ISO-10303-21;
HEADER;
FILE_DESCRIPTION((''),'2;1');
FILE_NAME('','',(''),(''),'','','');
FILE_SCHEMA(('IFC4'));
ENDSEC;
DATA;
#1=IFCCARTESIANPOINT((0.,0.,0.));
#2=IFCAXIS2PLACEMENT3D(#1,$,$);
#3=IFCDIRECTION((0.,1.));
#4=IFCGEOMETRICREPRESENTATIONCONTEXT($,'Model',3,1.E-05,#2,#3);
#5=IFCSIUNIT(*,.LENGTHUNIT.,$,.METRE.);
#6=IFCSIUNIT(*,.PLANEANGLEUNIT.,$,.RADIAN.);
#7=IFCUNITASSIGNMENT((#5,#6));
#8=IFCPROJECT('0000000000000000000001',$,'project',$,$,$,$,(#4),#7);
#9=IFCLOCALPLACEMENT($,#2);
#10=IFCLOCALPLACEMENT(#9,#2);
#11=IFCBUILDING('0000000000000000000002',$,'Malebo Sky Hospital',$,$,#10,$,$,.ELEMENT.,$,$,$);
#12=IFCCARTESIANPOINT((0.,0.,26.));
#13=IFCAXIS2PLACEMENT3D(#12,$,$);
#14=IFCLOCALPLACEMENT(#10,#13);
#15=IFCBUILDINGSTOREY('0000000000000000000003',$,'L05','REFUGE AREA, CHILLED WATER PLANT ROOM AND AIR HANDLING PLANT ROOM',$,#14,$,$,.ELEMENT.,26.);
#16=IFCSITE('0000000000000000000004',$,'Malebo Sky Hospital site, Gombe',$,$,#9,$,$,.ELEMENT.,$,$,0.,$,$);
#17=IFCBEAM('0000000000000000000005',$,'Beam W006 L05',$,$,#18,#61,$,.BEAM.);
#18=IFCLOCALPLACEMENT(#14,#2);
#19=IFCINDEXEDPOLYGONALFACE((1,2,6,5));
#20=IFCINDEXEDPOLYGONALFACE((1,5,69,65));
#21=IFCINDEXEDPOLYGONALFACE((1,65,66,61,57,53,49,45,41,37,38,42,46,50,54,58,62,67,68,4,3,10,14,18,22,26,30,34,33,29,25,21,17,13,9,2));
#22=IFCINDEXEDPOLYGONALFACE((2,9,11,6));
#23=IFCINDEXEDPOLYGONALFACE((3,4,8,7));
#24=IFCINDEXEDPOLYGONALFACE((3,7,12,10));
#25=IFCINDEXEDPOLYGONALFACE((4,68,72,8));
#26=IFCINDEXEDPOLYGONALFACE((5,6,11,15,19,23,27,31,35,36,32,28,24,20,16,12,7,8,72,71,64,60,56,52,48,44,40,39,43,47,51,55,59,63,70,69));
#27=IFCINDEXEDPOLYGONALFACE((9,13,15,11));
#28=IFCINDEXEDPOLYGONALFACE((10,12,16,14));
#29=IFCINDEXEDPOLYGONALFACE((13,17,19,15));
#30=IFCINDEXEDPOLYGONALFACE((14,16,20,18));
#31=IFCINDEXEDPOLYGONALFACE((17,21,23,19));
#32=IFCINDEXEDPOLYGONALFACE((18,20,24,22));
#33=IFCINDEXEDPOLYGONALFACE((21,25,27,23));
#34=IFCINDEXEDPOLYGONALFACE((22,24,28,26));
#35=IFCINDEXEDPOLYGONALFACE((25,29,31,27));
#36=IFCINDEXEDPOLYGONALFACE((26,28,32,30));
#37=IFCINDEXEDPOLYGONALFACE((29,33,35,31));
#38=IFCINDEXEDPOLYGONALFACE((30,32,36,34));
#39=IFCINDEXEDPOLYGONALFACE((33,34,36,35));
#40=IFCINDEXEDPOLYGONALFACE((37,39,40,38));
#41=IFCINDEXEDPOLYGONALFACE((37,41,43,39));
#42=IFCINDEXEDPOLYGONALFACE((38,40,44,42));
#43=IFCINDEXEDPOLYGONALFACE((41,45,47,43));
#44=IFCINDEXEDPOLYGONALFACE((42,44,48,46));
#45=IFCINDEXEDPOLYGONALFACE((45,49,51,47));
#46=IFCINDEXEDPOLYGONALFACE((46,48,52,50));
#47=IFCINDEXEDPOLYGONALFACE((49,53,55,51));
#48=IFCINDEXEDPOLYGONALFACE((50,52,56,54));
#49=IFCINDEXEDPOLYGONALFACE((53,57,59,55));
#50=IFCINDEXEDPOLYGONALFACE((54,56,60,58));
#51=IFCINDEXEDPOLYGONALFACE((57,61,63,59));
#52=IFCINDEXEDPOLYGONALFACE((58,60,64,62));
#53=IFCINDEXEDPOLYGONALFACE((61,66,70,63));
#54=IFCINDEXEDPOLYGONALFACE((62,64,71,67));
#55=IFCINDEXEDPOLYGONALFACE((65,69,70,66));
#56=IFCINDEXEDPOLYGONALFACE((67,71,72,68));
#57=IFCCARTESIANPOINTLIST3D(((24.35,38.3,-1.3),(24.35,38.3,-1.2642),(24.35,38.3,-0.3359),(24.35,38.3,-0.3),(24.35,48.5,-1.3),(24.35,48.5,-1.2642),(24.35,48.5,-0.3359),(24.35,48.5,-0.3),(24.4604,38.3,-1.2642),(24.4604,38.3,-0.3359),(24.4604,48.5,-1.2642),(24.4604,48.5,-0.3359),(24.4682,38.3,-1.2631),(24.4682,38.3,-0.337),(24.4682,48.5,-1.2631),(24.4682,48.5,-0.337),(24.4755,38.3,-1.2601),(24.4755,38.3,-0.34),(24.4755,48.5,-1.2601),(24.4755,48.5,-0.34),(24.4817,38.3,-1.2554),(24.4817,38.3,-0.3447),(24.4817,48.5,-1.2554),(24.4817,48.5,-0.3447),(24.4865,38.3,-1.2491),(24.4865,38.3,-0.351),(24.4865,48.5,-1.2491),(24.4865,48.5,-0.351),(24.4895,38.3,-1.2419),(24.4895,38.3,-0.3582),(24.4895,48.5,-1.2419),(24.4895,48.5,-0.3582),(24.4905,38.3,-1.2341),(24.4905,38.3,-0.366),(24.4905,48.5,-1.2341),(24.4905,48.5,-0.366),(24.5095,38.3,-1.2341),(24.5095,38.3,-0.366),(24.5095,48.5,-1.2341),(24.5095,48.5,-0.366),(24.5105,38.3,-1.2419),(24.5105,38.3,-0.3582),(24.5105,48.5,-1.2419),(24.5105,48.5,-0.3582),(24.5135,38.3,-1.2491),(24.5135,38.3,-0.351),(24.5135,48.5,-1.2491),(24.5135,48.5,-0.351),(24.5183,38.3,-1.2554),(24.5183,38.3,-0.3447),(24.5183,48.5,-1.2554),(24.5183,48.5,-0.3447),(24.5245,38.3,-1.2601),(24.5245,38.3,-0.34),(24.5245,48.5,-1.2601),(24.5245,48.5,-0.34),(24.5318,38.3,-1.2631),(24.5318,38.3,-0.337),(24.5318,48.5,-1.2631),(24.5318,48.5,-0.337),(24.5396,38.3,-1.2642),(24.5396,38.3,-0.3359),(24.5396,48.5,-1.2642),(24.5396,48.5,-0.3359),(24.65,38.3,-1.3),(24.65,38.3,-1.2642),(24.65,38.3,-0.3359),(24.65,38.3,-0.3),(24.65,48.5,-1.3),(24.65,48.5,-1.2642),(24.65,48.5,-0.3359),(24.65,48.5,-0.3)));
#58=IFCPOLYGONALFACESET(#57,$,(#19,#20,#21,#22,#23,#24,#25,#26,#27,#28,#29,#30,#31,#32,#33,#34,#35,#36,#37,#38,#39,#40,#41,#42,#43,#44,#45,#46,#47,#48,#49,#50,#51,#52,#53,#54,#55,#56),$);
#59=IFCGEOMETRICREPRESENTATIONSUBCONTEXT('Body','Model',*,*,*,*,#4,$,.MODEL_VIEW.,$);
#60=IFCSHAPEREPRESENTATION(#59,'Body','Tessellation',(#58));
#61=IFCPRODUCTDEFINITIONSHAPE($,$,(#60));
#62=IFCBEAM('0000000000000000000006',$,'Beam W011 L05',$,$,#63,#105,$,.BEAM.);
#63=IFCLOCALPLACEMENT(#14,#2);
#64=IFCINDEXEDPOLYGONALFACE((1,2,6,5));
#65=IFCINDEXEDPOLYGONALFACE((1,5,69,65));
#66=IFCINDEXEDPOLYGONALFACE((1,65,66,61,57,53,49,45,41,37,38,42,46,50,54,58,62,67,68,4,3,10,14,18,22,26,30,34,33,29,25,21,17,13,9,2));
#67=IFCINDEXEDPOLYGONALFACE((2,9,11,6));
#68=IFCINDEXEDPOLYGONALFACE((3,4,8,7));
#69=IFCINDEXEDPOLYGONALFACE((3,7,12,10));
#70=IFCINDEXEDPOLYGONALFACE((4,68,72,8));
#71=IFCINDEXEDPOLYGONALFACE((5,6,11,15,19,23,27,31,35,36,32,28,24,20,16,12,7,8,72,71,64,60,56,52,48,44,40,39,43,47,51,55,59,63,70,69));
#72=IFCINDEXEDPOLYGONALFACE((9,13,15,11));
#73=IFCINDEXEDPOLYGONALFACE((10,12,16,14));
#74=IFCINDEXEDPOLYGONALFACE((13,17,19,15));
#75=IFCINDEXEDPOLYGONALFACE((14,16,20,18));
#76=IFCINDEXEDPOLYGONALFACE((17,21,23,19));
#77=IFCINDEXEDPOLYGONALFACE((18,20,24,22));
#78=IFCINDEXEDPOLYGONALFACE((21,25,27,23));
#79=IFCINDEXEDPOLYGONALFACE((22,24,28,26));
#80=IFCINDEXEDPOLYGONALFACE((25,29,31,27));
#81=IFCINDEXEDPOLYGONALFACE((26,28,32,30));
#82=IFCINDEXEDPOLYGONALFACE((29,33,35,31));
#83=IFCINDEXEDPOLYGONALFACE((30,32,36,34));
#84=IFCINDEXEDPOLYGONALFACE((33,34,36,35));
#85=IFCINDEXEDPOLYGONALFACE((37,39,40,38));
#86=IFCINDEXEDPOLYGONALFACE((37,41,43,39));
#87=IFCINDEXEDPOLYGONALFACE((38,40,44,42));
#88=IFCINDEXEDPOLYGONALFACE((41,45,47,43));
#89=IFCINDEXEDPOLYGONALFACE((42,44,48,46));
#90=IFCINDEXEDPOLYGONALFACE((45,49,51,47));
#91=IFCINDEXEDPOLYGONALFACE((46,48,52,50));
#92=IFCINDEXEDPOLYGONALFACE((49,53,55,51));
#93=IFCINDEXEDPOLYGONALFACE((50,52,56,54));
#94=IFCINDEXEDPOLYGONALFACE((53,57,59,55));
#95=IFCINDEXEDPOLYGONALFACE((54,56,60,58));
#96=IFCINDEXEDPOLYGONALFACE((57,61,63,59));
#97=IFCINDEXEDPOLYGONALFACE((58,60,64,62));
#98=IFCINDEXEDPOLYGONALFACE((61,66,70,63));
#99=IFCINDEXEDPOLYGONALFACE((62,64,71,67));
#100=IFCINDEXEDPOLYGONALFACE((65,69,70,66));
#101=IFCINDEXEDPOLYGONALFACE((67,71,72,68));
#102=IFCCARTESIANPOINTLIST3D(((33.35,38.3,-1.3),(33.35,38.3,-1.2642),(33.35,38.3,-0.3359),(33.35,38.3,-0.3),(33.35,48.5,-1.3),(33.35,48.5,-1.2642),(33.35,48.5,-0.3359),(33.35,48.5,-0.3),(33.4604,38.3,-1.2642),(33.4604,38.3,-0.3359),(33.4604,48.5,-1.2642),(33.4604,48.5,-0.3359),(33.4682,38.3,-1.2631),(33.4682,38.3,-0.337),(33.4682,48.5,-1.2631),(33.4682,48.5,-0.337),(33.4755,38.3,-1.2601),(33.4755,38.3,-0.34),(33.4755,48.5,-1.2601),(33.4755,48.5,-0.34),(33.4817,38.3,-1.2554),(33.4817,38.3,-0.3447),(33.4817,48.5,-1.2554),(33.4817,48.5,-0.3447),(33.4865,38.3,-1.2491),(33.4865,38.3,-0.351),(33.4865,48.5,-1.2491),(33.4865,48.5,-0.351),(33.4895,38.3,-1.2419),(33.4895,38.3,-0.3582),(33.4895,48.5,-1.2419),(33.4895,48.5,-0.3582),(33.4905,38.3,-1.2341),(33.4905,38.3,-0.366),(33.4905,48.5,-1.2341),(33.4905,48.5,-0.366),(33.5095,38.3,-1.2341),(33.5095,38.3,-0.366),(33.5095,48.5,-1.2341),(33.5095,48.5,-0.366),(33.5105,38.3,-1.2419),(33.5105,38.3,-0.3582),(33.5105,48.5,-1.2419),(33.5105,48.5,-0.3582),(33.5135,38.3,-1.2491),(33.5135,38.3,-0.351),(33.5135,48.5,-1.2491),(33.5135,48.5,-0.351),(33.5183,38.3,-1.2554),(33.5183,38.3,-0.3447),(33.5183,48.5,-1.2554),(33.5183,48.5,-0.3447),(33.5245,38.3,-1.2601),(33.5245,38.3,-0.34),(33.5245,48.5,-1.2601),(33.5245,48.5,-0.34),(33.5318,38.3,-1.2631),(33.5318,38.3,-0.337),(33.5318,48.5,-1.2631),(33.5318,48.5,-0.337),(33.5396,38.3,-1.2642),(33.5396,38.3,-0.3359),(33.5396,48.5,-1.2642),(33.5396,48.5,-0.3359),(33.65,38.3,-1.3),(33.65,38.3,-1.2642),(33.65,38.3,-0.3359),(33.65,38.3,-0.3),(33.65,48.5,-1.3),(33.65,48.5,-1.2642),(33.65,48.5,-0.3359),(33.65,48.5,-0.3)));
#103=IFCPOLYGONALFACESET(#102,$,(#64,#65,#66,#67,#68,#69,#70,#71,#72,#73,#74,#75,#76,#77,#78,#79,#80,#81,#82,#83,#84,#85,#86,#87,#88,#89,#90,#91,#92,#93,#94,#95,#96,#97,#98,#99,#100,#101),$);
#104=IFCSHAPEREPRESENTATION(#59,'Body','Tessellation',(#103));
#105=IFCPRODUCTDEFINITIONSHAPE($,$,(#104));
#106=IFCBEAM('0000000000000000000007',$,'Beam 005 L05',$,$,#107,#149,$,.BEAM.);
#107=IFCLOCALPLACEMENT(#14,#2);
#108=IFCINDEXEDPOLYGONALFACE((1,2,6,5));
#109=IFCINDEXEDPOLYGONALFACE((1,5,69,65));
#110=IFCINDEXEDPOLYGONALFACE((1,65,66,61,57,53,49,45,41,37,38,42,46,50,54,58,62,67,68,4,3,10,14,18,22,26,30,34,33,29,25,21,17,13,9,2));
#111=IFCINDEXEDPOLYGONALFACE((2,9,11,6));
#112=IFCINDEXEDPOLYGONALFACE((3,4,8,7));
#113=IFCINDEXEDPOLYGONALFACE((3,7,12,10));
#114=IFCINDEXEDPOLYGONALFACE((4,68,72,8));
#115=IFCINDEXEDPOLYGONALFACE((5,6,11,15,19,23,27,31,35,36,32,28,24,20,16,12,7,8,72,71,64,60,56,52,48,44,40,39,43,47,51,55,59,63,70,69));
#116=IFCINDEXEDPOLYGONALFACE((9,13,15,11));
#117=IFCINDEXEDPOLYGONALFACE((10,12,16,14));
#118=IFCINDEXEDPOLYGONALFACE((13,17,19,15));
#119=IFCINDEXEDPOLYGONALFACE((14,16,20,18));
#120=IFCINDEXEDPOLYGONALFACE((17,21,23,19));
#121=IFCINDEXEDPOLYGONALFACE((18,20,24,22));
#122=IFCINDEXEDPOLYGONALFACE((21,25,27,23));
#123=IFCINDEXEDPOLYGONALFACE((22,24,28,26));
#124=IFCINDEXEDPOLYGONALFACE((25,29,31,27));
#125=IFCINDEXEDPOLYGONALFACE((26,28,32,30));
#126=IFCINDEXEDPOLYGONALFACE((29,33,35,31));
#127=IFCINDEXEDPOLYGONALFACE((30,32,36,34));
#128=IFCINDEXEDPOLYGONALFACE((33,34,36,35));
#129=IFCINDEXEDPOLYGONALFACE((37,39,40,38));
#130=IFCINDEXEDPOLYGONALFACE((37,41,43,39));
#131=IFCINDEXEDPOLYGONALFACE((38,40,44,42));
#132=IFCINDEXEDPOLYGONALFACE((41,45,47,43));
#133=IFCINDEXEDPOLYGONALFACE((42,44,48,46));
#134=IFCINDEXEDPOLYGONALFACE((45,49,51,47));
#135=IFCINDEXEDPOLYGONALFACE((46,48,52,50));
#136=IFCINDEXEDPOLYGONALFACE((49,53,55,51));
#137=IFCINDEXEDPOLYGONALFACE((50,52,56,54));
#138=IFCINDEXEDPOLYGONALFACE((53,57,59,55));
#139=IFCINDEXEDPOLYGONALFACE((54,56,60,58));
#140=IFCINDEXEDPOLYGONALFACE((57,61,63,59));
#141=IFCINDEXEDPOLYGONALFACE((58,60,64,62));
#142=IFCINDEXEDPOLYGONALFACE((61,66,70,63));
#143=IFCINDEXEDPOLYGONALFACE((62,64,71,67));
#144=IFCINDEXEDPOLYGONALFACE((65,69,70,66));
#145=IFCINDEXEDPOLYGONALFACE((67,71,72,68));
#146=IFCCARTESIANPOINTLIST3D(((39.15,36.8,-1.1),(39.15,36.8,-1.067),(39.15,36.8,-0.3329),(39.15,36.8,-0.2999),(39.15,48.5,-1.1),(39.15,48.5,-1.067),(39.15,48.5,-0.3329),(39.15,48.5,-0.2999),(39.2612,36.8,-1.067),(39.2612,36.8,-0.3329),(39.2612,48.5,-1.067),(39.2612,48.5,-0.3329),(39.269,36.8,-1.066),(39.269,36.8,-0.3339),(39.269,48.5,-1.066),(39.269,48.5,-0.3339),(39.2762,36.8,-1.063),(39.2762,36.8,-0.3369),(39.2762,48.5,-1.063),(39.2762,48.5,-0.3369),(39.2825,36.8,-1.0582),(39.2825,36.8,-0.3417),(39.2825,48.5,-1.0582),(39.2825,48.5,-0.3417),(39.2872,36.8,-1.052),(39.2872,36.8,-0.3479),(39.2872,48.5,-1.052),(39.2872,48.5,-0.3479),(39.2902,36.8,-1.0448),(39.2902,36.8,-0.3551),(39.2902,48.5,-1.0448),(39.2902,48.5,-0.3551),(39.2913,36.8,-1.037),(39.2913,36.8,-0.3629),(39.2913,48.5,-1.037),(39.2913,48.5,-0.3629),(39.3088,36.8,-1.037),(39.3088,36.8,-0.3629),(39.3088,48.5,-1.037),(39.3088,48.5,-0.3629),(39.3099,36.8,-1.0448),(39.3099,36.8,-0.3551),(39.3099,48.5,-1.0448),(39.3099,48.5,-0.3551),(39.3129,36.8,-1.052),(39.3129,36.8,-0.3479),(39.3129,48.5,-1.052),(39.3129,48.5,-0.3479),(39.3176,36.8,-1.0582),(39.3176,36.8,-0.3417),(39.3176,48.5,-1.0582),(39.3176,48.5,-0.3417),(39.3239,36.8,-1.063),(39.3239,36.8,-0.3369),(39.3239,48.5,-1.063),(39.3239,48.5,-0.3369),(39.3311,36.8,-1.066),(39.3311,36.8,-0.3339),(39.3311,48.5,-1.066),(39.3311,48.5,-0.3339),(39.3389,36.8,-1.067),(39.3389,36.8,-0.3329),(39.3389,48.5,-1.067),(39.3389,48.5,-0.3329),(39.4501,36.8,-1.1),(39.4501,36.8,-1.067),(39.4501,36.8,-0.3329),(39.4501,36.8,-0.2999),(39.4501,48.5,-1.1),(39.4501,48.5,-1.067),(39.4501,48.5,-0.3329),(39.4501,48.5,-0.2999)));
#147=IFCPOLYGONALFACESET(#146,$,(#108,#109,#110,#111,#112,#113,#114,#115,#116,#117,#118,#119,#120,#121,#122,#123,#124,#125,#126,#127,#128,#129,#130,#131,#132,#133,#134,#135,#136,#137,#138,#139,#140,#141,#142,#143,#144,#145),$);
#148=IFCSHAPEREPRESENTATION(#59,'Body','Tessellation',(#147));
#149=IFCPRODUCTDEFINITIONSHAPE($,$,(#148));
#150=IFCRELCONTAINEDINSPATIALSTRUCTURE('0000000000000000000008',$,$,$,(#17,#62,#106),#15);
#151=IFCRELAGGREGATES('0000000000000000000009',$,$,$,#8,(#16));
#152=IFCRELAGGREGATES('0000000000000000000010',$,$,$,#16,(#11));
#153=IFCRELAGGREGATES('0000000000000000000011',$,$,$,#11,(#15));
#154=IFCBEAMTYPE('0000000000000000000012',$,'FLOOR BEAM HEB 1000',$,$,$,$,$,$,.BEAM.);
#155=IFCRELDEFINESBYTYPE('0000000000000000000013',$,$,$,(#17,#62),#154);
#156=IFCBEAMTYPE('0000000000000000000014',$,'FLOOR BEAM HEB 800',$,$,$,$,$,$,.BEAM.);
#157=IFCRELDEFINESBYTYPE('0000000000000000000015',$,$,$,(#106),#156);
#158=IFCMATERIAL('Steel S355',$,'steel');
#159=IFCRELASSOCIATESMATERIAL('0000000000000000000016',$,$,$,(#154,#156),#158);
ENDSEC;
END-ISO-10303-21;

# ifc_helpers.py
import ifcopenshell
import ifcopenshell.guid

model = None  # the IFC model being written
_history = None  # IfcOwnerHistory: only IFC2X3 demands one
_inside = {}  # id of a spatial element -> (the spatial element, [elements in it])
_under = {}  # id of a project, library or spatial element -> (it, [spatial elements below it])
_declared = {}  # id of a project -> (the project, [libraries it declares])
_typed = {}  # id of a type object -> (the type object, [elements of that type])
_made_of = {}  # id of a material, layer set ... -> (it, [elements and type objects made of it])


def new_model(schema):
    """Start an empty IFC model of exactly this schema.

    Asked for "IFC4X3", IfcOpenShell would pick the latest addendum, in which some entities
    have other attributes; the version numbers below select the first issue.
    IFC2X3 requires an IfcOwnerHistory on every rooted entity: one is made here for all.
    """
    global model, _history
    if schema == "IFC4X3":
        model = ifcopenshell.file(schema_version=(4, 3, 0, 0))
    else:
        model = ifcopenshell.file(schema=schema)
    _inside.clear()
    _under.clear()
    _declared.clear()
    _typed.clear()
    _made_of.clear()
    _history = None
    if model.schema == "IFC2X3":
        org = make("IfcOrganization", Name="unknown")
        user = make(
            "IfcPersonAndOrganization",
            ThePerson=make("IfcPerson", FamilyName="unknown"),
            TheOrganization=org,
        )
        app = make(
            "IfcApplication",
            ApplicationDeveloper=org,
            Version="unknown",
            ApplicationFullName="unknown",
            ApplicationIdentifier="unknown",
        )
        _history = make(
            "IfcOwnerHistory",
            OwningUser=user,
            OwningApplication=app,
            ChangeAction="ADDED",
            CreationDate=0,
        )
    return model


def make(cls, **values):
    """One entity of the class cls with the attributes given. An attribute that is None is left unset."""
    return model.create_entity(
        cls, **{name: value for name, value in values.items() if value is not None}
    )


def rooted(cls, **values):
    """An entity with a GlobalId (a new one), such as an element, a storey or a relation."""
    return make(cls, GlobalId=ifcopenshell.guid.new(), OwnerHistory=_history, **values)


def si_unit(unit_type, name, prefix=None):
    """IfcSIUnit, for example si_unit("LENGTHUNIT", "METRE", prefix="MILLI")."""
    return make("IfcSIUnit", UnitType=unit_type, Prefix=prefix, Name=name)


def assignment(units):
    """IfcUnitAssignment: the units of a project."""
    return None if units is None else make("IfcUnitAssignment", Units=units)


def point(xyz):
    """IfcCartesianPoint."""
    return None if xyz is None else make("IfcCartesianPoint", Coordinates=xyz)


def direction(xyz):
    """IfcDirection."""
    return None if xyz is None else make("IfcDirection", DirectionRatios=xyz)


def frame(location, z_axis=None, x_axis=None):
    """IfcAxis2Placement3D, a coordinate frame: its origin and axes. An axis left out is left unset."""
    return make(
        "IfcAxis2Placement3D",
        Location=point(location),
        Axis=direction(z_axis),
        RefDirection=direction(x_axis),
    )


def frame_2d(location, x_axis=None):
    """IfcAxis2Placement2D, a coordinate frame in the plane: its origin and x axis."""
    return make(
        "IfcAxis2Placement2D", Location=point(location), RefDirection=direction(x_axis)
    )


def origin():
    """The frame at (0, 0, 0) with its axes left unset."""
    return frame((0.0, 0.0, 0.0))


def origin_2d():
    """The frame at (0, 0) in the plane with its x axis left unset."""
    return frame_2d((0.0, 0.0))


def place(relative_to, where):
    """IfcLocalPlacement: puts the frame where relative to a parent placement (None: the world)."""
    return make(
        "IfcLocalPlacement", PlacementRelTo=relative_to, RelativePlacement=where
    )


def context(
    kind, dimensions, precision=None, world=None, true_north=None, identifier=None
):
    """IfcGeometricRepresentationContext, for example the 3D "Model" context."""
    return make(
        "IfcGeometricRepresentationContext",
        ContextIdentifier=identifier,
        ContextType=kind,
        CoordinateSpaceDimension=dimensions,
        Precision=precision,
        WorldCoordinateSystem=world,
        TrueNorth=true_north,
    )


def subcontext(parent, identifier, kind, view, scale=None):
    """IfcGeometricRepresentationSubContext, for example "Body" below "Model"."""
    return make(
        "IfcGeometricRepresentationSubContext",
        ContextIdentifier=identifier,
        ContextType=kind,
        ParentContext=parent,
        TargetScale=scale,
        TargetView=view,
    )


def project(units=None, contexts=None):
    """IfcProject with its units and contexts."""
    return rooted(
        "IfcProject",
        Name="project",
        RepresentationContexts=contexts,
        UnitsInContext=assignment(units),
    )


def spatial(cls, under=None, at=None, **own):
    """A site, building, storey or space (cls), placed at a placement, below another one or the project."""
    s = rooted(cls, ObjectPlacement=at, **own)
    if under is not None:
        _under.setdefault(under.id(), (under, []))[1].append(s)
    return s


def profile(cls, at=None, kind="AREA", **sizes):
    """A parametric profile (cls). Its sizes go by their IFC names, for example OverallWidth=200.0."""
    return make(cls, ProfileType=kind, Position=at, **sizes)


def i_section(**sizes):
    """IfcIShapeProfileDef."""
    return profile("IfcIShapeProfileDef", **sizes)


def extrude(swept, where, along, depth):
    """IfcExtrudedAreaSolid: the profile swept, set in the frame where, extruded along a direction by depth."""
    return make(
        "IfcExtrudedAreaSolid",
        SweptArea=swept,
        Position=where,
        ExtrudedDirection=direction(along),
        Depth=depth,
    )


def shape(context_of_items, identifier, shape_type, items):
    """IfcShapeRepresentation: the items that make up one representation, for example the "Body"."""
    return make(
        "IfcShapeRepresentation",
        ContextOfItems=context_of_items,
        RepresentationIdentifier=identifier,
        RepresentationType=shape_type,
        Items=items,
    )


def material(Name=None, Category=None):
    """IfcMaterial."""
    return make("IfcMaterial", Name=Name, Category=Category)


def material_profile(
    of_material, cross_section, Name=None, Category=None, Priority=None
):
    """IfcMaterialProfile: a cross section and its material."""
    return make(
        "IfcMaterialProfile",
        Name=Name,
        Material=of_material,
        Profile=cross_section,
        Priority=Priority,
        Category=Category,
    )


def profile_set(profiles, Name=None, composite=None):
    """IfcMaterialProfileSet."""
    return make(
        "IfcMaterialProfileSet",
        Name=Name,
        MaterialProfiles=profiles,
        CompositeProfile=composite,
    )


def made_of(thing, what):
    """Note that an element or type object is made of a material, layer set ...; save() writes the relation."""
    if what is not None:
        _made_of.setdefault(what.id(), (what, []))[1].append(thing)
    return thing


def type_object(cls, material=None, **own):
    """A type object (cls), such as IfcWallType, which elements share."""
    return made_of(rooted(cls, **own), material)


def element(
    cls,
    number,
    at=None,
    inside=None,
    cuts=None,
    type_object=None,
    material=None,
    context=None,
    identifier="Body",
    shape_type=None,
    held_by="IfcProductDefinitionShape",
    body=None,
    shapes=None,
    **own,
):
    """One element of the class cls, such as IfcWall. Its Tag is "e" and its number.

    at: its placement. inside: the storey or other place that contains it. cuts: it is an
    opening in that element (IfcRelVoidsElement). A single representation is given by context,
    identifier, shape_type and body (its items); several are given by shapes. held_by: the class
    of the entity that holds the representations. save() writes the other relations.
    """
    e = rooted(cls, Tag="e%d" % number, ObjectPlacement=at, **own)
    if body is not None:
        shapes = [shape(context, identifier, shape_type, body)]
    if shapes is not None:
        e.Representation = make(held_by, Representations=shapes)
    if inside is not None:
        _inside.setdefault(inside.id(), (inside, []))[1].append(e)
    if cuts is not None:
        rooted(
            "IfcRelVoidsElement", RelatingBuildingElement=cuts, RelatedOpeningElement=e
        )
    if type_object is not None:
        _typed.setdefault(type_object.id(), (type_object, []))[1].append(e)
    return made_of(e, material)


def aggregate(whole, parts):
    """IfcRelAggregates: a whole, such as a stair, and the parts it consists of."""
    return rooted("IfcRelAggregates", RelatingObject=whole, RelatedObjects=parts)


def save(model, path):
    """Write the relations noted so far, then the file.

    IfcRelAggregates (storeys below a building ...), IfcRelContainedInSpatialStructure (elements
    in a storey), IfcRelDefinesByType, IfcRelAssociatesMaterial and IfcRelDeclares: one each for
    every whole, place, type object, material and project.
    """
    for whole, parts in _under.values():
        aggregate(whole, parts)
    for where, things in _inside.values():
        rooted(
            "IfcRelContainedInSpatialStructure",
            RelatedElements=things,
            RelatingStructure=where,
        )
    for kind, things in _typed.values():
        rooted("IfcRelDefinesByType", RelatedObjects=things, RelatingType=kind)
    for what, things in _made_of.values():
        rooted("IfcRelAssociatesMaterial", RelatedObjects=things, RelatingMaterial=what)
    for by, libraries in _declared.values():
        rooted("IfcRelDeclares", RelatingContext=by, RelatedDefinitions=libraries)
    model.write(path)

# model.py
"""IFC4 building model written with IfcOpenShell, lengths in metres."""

from ifc_helpers import new_model, si_unit, direction, frame, origin, origin_2d, place, context, subcontext, project, spatial, i_section, extrude, material, material_profile, profile_set, type_object, element, save


model = new_model("IFC4")

# Units and contexts
model_context = context("Model", 3, precision=1e-05, world=origin(), true_north=direction((0.0, 1.0)))
body_context = subcontext(model_context, "Body", "Model", "MODEL_VIEW")
ifc_project = project(units=[si_unit("LENGTHUNIT", "METRE"), si_unit("PLANEANGLEUNIT", "RADIAN")], contexts=[model_context])

# Site, building, storey
site_placement = place(None, origin())
site = spatial("IfcSite", under=ifc_project, at=site_placement, Name="Malebo Sky Hospital site, Gombe", CompositionType="ELEMENT", RefElevation=0.0)
building_placement = place(site_placement, origin())
building = spatial("IfcBuilding", under=site, at=building_placement, Name="Malebo Sky Hospital", CompositionType="ELEMENT")
storey_placement = place(building_placement, frame((0.0, 0.0, 26.0)))
storey = spatial("IfcBuildingStorey", under=building, at=storey_placement, Name="L05", Description="REFUGE AREA, CHILLED WATER PLANT ROOM AND AIR HANDLING PLANT ROOM", CompositionType="ELEMENT", Elevation=26.0)

# Beams
ifc_material_1 = material(Name="Steel S355", Category="steel")
ifc_material_profile_1 = material_profile(ifc_material_1, i_section(OverallWidth=0.3, OverallDepth=1.0, WebThickness=0.019, FlangeThickness=0.0359, FilletRadius=0.03, at=origin_2d()), Name="HEB 1000")
ifc_profile_set_1 = profile_set([ifc_material_profile_1], Name="Steel S355")
beam_type_1 = type_object("IfcBeamType", Name="FLOOR BEAM HEB 1000", PredefinedType="BEAM", material=ifc_profile_set_1)
for number, where, z_axis, x_axis, name in (
    (1, (24.5, 38.3, -0.8), (0.0, 1.0, 0.0), (-1.0, 0.0, 0.0), "Beam W006 L05"),
    (2, (33.5, 38.3, -0.8), (0.0, 1.0, 0.0), (-1.0, 0.0, 0.0), "Beam W011 L05"),
):
    element("IfcBeam", number, at=place(storey_placement, frame(where, z_axis=z_axis, x_axis=x_axis)), inside=storey, type_object=beam_type_1, Name=name, PredefinedType="BEAM", context=body_context, shape_type="SweptSolid", body=[
        extrude(i_section(OverallWidth=0.3, OverallDepth=1.0, WebThickness=0.019, FlangeThickness=0.0359, FilletRadius=0.03, at=origin_2d()), origin(), (0.0, 0.0, 1.0), 10.2),
    ])
ifc_material_profile_2 = material_profile(ifc_material_1, i_section(OverallWidth=0.3, OverallDepth=0.8, WebThickness=0.0176, FlangeThickness=0.033, FilletRadius=0.03, at=origin_2d()), Name="HEB 800")
ifc_profile_set_2 = profile_set([ifc_material_profile_2], Name="Steel S355")
beam_type_2 = type_object("IfcBeamType", Name="FLOOR BEAM HEB 800", PredefinedType="BEAM", material=ifc_profile_set_2)
beam_placement = place(storey_placement, frame((39.3, 36.8, -0.7), z_axis=(0.0, 1.0, 0.0), x_axis=(-1.0, 0.0, 0.0)))
element("IfcBeam", 3, at=beam_placement, inside=storey, type_object=beam_type_2, Name="Beam 005 L05", PredefinedType="BEAM", context=body_context, shape_type="SweptSolid", body=[
    extrude(i_section(OverallWidth=0.3, OverallDepth=0.8, WebThickness=0.0176, FlangeThickness=0.033, FilletRadius=0.03, at=origin_2d()), origin(), (0.0, 0.0, 1.0), 11.7),
])

save(model, "model.ifc")
